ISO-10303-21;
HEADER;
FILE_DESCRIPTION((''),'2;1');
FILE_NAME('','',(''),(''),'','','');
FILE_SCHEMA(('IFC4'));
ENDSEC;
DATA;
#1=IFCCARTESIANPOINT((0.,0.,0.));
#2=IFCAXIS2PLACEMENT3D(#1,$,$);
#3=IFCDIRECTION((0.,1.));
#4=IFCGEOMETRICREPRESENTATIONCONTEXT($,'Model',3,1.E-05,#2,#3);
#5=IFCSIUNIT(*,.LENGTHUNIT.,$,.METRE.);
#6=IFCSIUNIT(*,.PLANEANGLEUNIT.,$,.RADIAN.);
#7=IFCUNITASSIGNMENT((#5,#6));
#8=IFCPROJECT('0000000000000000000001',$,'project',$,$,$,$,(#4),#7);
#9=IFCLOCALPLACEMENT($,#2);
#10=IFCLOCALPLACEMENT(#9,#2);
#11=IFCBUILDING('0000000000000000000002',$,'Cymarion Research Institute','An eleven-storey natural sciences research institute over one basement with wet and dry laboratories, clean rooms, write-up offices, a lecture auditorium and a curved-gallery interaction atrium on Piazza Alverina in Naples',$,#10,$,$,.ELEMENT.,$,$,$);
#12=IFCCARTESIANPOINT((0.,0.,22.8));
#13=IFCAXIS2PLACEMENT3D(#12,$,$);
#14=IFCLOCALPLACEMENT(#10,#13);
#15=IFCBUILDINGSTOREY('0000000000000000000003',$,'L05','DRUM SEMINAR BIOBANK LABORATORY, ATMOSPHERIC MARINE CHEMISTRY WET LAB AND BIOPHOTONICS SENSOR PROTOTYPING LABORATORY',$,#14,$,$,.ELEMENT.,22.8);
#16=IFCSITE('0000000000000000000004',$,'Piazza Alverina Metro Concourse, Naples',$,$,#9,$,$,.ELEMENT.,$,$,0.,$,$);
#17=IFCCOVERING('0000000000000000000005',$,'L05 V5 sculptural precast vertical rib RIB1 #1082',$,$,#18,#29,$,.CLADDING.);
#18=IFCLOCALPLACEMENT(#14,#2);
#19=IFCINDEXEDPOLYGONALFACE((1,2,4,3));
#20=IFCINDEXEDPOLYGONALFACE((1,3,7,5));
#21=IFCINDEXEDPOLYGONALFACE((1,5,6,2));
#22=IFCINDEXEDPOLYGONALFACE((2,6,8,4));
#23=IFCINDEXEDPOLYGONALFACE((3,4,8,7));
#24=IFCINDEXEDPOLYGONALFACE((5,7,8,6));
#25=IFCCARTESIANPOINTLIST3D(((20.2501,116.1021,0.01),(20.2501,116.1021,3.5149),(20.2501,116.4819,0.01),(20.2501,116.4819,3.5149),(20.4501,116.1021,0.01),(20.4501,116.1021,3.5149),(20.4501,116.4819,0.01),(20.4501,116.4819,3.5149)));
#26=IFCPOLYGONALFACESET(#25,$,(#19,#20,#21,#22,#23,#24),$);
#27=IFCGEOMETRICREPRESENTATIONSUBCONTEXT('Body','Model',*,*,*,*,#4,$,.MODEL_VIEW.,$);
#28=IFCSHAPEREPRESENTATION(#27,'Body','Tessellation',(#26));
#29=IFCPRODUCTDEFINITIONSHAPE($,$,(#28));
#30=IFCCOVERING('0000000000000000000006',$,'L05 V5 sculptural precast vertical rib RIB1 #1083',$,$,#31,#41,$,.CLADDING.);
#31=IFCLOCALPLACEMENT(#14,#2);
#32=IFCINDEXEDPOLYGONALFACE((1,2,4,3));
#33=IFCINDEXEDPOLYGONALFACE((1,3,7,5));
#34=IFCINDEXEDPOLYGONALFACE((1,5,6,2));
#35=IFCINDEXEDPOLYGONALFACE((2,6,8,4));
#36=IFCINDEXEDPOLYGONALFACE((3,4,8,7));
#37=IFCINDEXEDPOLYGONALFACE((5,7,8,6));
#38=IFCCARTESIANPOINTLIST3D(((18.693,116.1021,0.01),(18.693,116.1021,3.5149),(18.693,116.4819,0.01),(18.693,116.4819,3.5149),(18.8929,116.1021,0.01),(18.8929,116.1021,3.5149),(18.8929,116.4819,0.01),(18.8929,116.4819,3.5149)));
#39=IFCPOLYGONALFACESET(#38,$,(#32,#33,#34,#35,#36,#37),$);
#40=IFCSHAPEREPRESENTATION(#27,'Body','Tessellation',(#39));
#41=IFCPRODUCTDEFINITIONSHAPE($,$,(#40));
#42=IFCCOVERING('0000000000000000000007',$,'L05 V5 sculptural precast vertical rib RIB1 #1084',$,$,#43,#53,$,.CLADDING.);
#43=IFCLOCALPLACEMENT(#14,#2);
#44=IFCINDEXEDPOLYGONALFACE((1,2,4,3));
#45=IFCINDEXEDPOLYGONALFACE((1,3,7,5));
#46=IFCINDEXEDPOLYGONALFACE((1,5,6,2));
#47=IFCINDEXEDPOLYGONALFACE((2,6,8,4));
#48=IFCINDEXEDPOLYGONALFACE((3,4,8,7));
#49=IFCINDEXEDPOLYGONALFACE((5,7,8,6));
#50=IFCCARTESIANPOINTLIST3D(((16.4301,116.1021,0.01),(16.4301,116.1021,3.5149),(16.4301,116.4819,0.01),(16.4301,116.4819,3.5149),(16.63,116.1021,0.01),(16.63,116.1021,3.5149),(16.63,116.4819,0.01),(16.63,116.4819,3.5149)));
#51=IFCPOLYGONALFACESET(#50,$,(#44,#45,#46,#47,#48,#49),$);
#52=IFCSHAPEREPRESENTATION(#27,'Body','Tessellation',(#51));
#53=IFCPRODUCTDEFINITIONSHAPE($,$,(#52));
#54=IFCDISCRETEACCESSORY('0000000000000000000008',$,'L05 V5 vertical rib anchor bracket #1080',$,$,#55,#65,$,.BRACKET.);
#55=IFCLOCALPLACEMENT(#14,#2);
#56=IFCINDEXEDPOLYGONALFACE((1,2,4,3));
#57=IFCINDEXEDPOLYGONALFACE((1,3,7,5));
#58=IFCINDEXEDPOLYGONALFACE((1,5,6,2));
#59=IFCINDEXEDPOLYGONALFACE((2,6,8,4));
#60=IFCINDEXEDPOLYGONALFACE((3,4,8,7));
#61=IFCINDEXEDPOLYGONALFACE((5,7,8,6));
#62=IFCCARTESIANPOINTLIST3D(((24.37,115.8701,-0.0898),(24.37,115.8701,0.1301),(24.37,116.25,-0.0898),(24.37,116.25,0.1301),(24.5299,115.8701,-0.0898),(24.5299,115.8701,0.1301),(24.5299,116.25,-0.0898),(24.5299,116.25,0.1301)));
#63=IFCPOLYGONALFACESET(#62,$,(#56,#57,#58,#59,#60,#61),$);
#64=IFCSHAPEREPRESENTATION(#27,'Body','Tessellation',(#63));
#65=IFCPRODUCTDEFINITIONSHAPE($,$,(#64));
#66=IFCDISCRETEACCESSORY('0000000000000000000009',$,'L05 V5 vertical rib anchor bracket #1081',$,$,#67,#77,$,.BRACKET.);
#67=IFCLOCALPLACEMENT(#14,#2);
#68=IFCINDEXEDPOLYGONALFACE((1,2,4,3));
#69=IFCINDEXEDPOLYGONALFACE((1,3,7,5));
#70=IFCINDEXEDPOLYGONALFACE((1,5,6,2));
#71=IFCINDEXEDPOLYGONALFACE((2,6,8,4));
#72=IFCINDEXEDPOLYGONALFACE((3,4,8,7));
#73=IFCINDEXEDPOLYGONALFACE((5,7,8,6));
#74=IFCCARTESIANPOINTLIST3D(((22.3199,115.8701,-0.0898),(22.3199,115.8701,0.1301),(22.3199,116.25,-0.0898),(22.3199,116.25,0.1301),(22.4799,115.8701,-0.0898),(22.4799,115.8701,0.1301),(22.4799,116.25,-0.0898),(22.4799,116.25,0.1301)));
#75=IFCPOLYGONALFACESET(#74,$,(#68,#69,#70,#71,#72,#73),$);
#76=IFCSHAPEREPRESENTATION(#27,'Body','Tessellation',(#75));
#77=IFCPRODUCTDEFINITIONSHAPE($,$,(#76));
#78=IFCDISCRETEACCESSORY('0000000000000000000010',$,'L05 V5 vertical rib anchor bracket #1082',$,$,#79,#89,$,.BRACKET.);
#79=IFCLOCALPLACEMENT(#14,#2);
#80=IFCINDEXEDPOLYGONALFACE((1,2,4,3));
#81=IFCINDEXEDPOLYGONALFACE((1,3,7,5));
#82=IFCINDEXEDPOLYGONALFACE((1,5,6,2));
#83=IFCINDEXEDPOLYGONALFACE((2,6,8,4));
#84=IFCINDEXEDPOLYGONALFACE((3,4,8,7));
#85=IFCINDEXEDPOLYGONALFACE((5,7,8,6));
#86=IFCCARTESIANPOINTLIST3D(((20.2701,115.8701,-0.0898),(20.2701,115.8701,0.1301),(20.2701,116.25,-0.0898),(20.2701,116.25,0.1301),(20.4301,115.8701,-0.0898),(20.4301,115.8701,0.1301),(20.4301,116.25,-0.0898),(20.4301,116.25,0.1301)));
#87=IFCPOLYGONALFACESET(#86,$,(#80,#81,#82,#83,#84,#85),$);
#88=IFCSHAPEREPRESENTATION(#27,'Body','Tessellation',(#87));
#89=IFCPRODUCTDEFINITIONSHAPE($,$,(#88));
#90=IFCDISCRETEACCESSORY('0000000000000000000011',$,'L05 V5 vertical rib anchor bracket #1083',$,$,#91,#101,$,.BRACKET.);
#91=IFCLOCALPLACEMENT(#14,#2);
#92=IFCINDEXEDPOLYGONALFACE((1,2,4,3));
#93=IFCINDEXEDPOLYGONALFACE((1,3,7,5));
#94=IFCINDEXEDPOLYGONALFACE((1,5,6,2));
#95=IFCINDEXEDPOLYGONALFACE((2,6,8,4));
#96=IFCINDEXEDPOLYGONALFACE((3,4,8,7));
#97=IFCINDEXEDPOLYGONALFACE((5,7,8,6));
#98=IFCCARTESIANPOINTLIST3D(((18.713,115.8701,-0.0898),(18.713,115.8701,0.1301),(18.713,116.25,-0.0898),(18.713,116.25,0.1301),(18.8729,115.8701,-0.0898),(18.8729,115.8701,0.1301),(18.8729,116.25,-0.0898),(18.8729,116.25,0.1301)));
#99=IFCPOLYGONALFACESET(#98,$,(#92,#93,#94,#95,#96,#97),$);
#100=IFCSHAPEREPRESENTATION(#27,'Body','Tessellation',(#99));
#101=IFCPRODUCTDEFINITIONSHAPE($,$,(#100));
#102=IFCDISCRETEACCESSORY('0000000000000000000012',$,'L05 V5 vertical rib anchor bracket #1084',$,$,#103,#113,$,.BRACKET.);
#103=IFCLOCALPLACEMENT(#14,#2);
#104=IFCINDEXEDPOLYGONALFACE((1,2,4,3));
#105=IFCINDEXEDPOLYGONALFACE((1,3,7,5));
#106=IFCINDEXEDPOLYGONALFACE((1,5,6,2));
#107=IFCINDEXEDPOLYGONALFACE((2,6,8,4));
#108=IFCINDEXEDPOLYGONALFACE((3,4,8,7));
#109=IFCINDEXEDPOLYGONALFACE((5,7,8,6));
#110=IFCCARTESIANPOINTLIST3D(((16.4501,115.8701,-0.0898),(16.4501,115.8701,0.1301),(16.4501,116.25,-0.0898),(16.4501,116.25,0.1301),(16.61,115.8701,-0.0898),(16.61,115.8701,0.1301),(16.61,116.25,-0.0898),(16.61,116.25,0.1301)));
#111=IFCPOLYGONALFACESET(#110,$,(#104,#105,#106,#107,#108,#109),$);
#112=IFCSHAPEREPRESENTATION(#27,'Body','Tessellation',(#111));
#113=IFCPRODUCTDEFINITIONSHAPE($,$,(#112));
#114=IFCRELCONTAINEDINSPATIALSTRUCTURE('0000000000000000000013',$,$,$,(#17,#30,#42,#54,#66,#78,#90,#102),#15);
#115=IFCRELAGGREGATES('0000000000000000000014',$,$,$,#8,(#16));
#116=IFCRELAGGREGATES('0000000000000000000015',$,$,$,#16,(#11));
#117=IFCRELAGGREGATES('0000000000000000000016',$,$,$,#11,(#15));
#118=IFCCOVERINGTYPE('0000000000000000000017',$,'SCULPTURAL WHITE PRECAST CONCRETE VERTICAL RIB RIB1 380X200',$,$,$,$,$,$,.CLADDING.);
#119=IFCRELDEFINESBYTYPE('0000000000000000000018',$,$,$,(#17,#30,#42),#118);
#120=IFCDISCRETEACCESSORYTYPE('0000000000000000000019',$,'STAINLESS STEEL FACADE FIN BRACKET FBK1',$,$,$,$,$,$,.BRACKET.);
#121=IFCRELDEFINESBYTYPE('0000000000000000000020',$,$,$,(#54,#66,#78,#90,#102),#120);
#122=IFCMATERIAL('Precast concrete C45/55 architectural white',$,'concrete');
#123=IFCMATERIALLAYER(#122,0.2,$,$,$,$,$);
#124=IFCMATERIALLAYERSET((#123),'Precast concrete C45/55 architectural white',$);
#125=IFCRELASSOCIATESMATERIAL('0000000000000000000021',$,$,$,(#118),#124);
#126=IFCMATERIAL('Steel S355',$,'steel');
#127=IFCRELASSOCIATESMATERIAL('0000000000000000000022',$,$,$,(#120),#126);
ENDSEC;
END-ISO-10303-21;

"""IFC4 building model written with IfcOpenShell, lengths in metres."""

from ifc_helpers import new_model, si_unit, direction, frame, origin, origin_2d, place, context, subcontext, project, spatial, rectangle, extrude, material, layer, layer_set, type_object, element, save


model = new_model("IFC4")

# Units and contexts
model_context = context("Model", 3, precision=1e-05, world=origin(), true_north=direction((0.0, 1.0)))
body_context = subcontext(model_context, "Body", "Model", "MODEL_VIEW")
ifc_project = project(units=[si_unit("LENGTHUNIT", "METRE"), si_unit("PLANEANGLEUNIT", "RADIAN")], contexts=[model_context])

# Site, building, storey
site_placement = place(None, origin())
site = spatial("IfcSite", under=ifc_project, at=site_placement, Name="Piazza Alverina Metro Concourse, Naples", CompositionType="ELEMENT", RefElevation=0.0)
building_placement = place(site_placement, origin())
building = spatial("IfcBuilding", under=site, at=building_placement, Name="Cymarion Research Institute", Description="An eleven-storey natural sciences research institute over one basement with wet and dry laboratories, clean rooms, write-up offices, a lecture auditorium and a curved-gallery interaction atrium on Piazza Alverina in Naples", CompositionType="ELEMENT")
storey_placement = place(building_placement, frame((0.0, 0.0, 22.8)))
storey = spatial("IfcBuildingStorey", under=building, at=storey_placement, Name="L05", Description="DRUM SEMINAR BIOBANK LABORATORY, ATMOSPHERIC MARINE CHEMISTRY WET LAB AND BIOPHOTONICS SENSOR PROTOTYPING LABORATORY", CompositionType="ELEMENT", Elevation=22.8)

# Coverings
ifc_material_1 = material(Name="Precast concrete C45/55 architectural white", Category="concrete")
ifc_layer_1 = layer(ifc_material_1, 0.2)
ifc_layer_set_1 = layer_set([ifc_layer_1], Name="Precast concrete C45/55 architectural white")
covering_type = type_object("IfcCoveringType", Name="SCULPTURAL WHITE PRECAST CONCRETE VERTICAL RIB RIB1 380X200", PredefinedType="CLADDING", material=ifc_layer_set_1)
for number, where, z_axis, x_axis, name in (
    (1, (20.3501, 116.292, 0.01), (0.0, 0.0, 1.0), (0.0, 1.0, 0.0), "L05 V5 sculptural precast vertical rib RIB1 #1082"),
    (2, (18.793, 116.292, 0.01), (0.0, 0.0, 1.0), (0.0, 1.0, 0.0), "L05 V5 sculptural precast vertical rib RIB1 #1083"),
    (3, (16.53, 116.292, 0.01), (0.0, 0.0, 1.0), (0.0, 1.0, 0.0), "L05 V5 sculptural precast vertical rib RIB1 #1084"),
):
    element("IfcCovering", number, at=place(storey_placement, frame(where, z_axis=z_axis, x_axis=x_axis)), inside=storey, type_object=covering_type, Name=name, PredefinedType="CLADDING", context=body_context, shape_type="SweptSolid", body=[
        extrude(rectangle(XDim=0.3799, YDim=0.2, at=origin_2d()), origin(), (0.0, 0.0, 1.0), 3.5049),
    ])

# Discrete accessories
ifc_material_2 = material(Name="Steel S355", Category="steel")
discrete_accessory_type = type_object("IfcDiscreteAccessoryType", Name="STAINLESS STEEL FACADE FIN BRACKET FBK1", PredefinedType="BRACKET", material=ifc_material_2)
for number, where, z_axis, x_axis, name in (
    (4, (24.45, 116.0601, -0.0898), (0.0, 0.0, 1.0), (0.0, 1.0, 0.0), "L05 V5 vertical rib anchor bracket #1080"),
    (5, (22.3999, 116.0601, -0.0898), (0.0, 0.0, 1.0), (0.0, 1.0, 0.0), "L05 V5 vertical rib anchor bracket #1081"),
    (6, (20.3501, 116.0601, -0.0898), (0.0, 0.0, 1.0), (0.0, 1.0, 0.0), "L05 V5 vertical rib anchor bracket #1082"),
    (7, (18.793, 116.0601, -0.0898), (0.0, 0.0, 1.0), (0.0, 1.0, 0.0), "L05 V5 vertical rib anchor bracket #1083"),
    (8, (16.53, 116.0601, -0.0898), (0.0, 0.0, 1.0), (0.0, 1.0, 0.0), "L05 V5 vertical rib anchor bracket #1084"),
):
    element("IfcDiscreteAccessory", number, at=place(storey_placement, frame(where, z_axis=z_axis, x_axis=x_axis)), inside=storey, type_object=discrete_accessory_type, Name=name, PredefinedType="BRACKET", context=body_context, shape_type="SweptSolid", body=[
        extrude(rectangle(XDim=0.3799, YDim=0.1599, at=origin_2d()), origin(), (0.0, 0.0, 1.0), 0.22),
    ])

save(model, "model.ifc")
